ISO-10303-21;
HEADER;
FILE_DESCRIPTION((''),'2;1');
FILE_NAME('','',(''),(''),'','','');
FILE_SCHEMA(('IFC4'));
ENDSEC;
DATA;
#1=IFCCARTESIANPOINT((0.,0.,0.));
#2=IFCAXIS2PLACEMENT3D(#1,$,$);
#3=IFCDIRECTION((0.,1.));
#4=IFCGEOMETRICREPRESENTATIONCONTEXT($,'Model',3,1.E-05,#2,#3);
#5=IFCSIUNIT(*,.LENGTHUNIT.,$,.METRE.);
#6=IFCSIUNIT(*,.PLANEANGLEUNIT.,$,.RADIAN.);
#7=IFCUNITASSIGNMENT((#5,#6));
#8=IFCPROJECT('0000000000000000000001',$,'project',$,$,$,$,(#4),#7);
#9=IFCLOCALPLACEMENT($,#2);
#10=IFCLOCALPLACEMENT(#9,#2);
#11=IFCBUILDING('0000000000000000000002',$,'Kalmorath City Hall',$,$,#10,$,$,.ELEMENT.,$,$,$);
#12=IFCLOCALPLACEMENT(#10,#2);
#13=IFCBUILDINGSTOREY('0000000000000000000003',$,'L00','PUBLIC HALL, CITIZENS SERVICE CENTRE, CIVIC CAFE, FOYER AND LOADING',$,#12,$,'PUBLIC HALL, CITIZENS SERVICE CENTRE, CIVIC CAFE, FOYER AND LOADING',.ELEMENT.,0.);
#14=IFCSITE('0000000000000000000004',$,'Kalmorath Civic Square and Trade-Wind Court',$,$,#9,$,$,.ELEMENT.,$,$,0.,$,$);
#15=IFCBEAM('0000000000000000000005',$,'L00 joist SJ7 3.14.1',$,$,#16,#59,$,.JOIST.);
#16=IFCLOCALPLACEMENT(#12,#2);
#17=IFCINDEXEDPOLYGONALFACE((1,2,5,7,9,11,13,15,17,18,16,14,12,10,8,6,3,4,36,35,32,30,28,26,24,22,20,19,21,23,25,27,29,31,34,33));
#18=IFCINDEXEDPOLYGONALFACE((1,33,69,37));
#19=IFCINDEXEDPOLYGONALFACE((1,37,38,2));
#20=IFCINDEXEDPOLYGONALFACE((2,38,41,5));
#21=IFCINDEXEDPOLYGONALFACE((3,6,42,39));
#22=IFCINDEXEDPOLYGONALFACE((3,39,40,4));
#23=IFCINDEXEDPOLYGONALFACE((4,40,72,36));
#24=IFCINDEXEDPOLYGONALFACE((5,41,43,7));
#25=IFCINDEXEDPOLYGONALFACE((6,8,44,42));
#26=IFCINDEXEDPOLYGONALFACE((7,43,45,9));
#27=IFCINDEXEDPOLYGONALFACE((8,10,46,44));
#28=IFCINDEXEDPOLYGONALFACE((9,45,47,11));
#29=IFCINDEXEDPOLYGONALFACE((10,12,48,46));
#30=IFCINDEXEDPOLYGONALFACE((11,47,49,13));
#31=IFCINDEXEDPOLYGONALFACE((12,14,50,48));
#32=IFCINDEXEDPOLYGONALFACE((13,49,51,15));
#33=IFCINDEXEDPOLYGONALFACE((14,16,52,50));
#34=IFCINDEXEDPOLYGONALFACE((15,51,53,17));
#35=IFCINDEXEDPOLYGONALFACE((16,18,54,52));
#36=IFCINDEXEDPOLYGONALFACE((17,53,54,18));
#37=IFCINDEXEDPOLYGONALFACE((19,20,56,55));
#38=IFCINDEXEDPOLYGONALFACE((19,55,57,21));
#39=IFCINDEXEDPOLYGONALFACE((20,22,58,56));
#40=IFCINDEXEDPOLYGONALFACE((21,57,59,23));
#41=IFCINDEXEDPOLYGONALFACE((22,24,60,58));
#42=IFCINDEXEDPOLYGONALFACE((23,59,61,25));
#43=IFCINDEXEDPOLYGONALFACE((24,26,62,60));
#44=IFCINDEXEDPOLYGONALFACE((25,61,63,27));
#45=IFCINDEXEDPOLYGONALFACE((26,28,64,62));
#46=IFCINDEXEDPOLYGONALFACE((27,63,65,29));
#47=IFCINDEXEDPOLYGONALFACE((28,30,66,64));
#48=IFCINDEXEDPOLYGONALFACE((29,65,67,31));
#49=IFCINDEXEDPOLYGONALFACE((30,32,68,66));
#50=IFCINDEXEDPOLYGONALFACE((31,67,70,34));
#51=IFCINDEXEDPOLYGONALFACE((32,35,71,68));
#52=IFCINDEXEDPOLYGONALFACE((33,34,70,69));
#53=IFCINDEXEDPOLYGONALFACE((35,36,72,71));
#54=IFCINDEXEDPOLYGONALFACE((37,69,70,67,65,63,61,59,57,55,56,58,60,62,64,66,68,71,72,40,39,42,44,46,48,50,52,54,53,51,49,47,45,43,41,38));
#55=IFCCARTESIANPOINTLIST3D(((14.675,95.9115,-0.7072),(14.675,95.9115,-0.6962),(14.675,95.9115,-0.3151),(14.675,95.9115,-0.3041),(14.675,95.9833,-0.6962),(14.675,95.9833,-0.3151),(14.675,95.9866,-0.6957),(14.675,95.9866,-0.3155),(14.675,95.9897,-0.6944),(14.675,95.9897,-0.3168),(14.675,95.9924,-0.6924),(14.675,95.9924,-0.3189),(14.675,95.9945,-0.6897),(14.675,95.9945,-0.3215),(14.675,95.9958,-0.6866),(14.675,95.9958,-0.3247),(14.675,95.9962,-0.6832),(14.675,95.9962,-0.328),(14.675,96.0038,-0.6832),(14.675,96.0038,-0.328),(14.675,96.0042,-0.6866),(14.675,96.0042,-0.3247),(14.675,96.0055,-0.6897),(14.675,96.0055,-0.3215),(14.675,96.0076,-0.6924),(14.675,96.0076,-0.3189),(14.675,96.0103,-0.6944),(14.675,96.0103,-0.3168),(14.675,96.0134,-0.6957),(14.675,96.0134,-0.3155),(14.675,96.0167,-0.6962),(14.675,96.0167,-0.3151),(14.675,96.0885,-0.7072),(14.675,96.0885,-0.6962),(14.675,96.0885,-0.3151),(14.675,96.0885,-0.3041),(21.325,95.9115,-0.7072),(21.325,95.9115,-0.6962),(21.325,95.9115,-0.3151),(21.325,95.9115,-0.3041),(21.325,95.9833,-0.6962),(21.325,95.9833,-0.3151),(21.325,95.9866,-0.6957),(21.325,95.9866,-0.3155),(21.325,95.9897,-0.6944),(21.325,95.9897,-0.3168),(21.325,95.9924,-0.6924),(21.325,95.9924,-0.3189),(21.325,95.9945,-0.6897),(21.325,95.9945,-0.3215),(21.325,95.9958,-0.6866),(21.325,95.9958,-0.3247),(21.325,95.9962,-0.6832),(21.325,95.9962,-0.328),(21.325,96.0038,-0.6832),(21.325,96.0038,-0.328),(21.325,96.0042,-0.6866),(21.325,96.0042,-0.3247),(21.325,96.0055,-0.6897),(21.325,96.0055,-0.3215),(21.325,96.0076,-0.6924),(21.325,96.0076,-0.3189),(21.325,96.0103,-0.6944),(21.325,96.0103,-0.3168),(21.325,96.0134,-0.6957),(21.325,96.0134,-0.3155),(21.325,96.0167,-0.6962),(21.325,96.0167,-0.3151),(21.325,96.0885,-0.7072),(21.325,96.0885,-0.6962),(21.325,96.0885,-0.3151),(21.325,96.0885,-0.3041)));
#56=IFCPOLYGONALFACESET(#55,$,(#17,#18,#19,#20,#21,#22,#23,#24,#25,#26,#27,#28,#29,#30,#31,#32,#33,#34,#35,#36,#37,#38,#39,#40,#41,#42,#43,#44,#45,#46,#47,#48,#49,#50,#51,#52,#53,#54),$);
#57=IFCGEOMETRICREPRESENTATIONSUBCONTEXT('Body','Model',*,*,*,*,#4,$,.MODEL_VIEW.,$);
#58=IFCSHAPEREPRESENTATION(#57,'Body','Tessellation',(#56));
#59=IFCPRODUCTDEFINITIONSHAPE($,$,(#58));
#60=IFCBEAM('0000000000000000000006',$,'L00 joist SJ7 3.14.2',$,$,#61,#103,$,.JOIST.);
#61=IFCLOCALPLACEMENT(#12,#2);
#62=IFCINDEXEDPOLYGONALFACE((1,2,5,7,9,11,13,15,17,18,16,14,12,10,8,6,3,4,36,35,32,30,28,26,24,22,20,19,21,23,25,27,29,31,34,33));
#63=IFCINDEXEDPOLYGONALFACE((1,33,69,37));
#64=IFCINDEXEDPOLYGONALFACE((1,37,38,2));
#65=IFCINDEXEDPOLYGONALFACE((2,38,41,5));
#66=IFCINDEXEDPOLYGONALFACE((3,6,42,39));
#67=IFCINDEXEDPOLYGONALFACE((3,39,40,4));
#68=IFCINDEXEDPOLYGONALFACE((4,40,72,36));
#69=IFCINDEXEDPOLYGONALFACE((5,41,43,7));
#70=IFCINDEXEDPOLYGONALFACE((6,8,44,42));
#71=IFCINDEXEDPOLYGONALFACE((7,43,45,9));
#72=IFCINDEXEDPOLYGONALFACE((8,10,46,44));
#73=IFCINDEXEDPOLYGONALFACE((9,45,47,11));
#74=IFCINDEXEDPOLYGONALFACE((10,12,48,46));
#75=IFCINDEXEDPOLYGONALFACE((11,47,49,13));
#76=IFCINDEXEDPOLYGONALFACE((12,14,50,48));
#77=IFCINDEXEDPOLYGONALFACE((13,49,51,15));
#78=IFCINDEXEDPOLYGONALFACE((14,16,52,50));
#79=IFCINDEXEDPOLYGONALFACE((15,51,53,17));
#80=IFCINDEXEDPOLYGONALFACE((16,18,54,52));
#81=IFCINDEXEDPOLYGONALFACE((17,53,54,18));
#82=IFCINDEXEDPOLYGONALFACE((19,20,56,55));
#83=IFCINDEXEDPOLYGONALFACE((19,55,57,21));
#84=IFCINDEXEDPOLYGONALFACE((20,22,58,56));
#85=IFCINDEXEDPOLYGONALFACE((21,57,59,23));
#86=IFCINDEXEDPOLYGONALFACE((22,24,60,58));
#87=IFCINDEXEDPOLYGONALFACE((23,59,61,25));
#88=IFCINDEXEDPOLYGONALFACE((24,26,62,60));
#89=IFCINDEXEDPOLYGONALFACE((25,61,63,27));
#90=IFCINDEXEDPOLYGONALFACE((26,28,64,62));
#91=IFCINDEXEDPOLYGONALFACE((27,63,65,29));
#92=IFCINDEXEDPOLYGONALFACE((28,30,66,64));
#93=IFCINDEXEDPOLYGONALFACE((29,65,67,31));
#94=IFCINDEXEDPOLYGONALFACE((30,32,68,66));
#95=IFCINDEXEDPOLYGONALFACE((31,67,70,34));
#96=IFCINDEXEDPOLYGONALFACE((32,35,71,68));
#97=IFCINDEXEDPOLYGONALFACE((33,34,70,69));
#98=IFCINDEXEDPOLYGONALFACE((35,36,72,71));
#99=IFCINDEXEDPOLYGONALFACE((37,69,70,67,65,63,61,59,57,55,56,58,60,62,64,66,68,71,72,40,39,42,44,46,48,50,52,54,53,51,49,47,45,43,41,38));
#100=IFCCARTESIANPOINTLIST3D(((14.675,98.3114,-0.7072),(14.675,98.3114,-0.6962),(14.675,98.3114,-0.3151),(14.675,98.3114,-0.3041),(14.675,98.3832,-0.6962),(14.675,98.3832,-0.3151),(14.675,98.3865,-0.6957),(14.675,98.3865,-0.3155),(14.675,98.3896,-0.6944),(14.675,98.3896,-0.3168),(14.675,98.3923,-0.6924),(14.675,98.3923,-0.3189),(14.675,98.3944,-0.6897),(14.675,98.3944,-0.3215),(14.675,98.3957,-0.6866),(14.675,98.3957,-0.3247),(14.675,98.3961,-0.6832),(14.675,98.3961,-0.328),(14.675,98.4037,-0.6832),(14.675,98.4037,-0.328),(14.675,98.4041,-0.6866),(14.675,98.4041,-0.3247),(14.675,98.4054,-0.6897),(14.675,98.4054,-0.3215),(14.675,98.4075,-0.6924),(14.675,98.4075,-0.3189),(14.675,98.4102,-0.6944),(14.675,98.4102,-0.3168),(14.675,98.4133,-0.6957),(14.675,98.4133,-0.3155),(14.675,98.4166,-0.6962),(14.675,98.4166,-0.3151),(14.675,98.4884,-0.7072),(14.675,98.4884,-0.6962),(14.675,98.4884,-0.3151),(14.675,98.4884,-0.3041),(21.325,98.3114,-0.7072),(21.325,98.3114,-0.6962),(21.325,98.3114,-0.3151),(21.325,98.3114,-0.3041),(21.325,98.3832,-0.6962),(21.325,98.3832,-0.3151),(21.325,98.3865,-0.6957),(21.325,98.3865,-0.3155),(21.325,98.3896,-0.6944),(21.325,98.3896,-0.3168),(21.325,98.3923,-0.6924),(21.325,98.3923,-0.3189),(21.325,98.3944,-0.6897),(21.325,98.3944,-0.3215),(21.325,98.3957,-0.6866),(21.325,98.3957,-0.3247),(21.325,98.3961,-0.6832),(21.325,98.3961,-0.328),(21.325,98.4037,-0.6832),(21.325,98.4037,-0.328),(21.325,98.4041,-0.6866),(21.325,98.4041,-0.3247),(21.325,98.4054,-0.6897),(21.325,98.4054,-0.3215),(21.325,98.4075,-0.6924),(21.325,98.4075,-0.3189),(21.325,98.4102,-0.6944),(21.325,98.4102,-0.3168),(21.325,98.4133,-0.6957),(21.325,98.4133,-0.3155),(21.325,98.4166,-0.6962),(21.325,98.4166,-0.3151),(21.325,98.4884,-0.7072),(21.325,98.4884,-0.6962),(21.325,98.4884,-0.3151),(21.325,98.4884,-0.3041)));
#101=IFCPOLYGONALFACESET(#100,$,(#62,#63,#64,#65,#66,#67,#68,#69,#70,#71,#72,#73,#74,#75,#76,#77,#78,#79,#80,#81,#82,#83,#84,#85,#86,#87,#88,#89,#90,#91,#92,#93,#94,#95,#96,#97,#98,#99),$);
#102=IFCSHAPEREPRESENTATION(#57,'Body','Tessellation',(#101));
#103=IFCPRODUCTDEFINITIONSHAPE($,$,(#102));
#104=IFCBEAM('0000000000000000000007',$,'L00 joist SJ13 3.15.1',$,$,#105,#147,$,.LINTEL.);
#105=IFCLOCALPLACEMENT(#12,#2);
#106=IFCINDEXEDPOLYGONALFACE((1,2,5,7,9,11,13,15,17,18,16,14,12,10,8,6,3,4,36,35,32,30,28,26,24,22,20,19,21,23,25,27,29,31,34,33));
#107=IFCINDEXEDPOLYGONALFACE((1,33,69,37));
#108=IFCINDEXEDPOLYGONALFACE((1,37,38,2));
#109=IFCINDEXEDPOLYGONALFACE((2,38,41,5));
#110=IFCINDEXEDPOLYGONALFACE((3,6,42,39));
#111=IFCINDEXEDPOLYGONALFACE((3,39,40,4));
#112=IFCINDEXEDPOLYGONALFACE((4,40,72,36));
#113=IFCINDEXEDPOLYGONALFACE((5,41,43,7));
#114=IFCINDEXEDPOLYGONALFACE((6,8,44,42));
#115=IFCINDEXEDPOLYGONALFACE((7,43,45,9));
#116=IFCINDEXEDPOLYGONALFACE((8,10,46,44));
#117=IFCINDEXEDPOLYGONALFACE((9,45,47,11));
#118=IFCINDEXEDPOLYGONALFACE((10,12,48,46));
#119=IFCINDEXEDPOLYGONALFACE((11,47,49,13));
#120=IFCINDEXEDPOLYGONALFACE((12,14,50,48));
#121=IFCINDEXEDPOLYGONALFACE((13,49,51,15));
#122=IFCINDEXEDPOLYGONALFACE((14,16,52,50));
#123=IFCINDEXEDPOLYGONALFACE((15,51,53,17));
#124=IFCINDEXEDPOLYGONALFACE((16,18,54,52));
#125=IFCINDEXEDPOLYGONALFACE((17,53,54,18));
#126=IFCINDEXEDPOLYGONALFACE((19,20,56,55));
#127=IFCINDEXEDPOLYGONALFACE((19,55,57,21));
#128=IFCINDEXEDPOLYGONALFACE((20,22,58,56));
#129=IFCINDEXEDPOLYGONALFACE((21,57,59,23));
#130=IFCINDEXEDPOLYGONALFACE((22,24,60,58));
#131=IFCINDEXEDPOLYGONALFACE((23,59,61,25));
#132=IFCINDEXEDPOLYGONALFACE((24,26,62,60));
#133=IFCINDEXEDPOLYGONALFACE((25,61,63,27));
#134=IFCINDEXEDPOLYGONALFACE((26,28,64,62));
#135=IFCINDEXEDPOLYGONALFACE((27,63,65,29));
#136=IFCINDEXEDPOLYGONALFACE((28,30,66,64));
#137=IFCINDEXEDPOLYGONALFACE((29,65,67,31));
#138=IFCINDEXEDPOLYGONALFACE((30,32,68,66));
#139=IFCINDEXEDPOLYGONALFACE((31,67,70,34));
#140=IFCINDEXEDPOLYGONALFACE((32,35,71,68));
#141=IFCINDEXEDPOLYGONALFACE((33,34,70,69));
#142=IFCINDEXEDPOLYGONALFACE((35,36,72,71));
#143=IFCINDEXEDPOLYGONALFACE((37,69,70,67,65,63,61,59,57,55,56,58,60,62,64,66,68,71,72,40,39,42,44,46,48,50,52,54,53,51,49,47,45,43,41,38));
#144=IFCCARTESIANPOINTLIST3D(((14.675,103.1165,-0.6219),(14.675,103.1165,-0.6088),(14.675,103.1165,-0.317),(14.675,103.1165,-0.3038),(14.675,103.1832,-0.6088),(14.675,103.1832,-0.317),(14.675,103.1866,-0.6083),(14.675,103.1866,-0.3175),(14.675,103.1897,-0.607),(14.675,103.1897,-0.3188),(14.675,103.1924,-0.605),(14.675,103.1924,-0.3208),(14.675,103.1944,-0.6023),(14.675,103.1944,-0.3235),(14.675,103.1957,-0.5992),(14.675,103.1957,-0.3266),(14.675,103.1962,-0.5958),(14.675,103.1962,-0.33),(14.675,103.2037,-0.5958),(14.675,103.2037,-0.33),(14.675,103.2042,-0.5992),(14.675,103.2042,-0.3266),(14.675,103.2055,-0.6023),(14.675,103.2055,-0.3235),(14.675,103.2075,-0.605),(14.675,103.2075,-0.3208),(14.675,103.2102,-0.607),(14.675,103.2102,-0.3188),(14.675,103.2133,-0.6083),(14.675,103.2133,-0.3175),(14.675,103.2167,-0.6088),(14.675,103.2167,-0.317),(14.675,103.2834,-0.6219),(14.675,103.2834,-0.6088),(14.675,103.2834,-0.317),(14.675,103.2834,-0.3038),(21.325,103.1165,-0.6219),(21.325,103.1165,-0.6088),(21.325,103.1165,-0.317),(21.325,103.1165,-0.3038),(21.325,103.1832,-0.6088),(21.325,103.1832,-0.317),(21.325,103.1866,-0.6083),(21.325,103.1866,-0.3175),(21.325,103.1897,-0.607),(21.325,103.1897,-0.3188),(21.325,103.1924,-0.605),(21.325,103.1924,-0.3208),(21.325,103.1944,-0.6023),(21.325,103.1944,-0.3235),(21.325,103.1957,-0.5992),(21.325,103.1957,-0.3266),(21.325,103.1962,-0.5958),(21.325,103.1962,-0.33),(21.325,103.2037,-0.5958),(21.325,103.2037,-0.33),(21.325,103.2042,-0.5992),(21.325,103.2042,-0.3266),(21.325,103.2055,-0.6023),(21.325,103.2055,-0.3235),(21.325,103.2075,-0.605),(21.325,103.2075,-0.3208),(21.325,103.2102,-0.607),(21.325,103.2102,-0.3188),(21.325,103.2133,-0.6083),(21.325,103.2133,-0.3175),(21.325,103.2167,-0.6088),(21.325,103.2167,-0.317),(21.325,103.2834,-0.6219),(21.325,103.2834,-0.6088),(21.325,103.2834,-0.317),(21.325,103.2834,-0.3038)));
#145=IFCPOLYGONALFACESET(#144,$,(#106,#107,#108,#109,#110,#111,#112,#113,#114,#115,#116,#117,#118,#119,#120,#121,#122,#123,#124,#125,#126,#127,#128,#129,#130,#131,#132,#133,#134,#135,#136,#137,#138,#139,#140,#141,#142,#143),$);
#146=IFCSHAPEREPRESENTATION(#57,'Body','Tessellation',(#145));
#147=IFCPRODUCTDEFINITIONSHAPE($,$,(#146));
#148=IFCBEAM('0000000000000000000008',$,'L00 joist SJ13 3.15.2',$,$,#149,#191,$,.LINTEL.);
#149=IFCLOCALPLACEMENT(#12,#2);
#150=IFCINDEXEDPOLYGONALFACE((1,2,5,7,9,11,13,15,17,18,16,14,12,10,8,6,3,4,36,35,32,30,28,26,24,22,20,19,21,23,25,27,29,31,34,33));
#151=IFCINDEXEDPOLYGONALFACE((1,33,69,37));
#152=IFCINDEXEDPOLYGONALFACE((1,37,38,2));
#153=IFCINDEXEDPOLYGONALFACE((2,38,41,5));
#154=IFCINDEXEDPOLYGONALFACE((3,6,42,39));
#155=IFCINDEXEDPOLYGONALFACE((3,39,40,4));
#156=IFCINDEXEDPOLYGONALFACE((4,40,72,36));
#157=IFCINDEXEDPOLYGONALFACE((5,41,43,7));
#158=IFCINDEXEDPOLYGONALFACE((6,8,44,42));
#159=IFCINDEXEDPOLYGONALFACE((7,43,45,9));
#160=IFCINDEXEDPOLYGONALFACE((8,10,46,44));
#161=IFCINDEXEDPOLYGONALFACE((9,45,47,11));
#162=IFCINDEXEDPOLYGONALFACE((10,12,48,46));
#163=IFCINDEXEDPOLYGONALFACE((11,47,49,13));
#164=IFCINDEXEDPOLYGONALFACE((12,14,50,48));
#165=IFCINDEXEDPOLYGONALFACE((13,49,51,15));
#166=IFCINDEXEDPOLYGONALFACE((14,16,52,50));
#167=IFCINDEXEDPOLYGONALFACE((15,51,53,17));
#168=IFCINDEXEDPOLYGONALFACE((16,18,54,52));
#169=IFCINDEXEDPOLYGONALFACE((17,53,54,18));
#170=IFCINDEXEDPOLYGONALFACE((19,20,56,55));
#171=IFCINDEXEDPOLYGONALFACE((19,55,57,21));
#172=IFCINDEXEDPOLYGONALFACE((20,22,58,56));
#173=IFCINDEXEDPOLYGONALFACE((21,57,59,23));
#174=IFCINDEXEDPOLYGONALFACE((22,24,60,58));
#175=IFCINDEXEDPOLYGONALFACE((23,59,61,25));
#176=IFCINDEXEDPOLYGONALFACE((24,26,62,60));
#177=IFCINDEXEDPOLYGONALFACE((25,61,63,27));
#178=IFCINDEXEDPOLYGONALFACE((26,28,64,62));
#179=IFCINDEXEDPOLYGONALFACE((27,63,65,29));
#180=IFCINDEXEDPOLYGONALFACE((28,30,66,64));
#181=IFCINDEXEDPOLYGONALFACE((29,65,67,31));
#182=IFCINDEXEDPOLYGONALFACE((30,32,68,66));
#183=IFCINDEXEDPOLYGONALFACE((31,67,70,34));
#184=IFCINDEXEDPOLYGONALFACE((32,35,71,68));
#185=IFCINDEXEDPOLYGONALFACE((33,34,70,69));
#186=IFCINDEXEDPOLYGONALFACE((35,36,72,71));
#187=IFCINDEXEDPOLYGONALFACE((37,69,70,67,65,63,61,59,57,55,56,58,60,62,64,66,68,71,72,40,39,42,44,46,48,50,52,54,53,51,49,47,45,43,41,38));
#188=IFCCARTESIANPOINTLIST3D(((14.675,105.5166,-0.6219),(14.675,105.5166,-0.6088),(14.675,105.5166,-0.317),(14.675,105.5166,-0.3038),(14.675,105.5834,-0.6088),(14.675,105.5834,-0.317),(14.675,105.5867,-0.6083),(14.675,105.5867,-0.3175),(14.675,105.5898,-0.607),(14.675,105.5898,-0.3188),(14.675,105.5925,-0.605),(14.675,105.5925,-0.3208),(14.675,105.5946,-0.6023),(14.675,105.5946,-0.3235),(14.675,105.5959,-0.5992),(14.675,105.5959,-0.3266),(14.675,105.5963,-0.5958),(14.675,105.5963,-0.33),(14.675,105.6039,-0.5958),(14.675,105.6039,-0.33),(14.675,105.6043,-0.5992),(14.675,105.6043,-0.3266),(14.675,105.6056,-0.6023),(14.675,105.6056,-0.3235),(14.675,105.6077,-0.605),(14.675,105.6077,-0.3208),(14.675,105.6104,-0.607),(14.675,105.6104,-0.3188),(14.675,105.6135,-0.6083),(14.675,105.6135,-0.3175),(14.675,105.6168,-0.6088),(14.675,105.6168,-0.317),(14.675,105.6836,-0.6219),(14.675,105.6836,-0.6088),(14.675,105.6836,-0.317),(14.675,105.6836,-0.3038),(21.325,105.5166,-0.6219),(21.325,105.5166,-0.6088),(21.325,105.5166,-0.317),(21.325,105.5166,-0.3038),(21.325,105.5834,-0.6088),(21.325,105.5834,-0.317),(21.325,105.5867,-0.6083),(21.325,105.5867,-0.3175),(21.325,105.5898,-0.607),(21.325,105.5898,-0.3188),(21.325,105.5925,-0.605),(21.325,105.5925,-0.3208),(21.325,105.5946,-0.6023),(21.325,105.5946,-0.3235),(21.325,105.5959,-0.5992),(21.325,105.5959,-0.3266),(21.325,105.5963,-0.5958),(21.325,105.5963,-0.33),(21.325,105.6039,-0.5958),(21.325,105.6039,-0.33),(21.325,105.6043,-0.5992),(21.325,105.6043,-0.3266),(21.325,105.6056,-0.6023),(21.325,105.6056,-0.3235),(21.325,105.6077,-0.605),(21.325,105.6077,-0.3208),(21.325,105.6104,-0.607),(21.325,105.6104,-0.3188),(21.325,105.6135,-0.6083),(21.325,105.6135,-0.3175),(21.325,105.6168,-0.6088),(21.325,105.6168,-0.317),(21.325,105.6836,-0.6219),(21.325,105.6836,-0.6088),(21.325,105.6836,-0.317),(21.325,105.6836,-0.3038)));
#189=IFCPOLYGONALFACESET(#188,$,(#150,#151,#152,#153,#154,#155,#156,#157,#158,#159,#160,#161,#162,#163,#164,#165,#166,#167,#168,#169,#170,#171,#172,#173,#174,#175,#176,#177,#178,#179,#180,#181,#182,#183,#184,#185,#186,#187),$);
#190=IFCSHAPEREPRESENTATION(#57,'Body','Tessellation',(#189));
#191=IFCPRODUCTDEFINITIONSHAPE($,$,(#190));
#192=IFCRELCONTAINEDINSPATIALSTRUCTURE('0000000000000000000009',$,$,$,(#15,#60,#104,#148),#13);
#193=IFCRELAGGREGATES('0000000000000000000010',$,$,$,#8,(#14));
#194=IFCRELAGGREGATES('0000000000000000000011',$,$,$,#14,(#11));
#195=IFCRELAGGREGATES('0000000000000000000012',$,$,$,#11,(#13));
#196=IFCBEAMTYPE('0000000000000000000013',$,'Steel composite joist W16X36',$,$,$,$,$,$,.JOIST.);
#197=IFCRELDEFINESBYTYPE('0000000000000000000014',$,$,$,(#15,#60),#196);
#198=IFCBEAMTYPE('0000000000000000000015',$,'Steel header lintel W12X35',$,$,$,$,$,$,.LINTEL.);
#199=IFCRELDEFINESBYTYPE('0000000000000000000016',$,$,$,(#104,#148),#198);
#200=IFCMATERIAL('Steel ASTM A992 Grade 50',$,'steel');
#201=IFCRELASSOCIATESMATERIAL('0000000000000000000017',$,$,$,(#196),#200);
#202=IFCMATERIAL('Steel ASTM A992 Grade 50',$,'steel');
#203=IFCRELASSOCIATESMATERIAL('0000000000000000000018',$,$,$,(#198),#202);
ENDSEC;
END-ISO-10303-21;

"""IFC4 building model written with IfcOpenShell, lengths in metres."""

from ifc_helpers import new_model, si_unit, direction, frame, origin, origin_2d, place, context, subcontext, project, spatial, i_section, extrude, material, material_profile, profile_set, type_object, element, save


model = new_model("IFC4")

# Units and contexts
model_context = context("Model", 3, precision=1e-05, world=origin(), true_north=direction((0.0, 1.0)))
body_context = subcontext(model_context, "Body", "Model", "MODEL_VIEW")
ifc_project = project(units=[si_unit("LENGTHUNIT", "METRE"), si_unit("PLANEANGLEUNIT", "RADIAN")], contexts=[model_context])

# Site, building, storey
site_placement = place(None, origin())
site = spatial("IfcSite", under=ifc_project, at=site_placement, Name="Kalmorath Civic Square and Trade-Wind Court", CompositionType="ELEMENT", RefElevation=0.0)
building_placement = place(site_placement, origin())
building = spatial("IfcBuilding", under=site, at=building_placement, Name="Kalmorath City Hall", CompositionType="ELEMENT")
storey_placement = place(building_placement, origin())
storey = spatial("IfcBuildingStorey", under=building, at=storey_placement, Name="L00", Description="PUBLIC HALL, CITIZENS SERVICE CENTRE, CIVIC CAFE, FOYER AND LOADING", LongName="PUBLIC HALL, CITIZENS SERVICE CENTRE, CIVIC CAFE, FOYER AND LOADING", CompositionType="ELEMENT", Elevation=0.0)

# Beams
ifc_material_1 = material(Name="Steel ASTM A992 Grade 50", Category="steel")
ifc_material_profile_1 = material_profile(ifc_material_1, i_section(OverallWidth=0.177, OverallDepth=0.4031, WebThickness=0.0076, FlangeThickness=0.011, FilletRadius=0.0129, at=origin_2d()), Name="W16X36")
ifc_profile_set_1 = profile_set([ifc_material_profile_1], Name="Steel ASTM A992 Grade 50")
beam_type_1 = type_object("IfcBeamType", Name="Steel composite joist W16X36", PredefinedType="JOIST", material=ifc_profile_set_1)
for number, where, z_axis, x_axis, name in (
    (1, (14.675, 96.0, -0.5056), (1.0, 0.0, 0.0), (0.0, 1.0, 0.0), "L00 joist SJ7 3.14.1"),
    (2, (14.675, 98.3999, -0.5056), (1.0, 0.0, 0.0), (0.0, 1.0, 0.0), "L00 joist SJ7 3.14.2"),
):
    element("IfcBeam", number, at=place(storey_placement, frame(where, z_axis=z_axis, x_axis=x_axis)), inside=storey, type_object=beam_type_1, Name=name, PredefinedType="JOIST", context=body_context, shape_type="SweptSolid", body=[
        extrude(i_section(OverallWidth=0.177, OverallDepth=0.4031, WebThickness=0.0076, FlangeThickness=0.011, FilletRadius=0.0129, at=origin_2d()), origin(), (0.0, 0.0, 1.0), 6.6499),
    ])
ifc_material_2 = material(Name="Steel ASTM A992 Grade 50", Category="steel")
ifc_material_profile_2 = material_profile(ifc_material_2, i_section(OverallWidth=0.167, OverallDepth=0.3181, WebThickness=0.0076, FlangeThickness=0.0132, FilletRadius=0.0129, at=origin_2d()), Name="W12X35")
ifc_profile_set_2 = profile_set([ifc_material_profile_2], Name="Steel ASTM A992 Grade 50")
beam_type_2 = type_object("IfcBeamType", Name="Steel header lintel W12X35", PredefinedType="LINTEL", material=ifc_profile_set_2)
for number, where, z_axis, x_axis, name in (
    (3, (14.675, 103.2, -0.4629), (1.0, 0.0, 0.0), (0.0, 1.0, 0.0), "L00 joist SJ13 3.15.1"),
    (4, (14.675, 105.6001, -0.4629), (1.0, 0.0, 0.0), (0.0, 1.0, 0.0), "L00 joist SJ13 3.15.2"),
):
    element("IfcBeam", number, at=place(storey_placement, frame(where, z_axis=z_axis, x_axis=x_axis)), inside=storey, type_object=beam_type_2, Name=name, PredefinedType="LINTEL", context=body_context, shape_type="SweptSolid", body=[
        extrude(i_section(OverallWidth=0.167, OverallDepth=0.3181, WebThickness=0.0076, FlangeThickness=0.0132, FilletRadius=0.0129, at=origin_2d()), origin(), (0.0, 0.0, 1.0), 6.6499),
    ])

save(model, "model.ifc")
